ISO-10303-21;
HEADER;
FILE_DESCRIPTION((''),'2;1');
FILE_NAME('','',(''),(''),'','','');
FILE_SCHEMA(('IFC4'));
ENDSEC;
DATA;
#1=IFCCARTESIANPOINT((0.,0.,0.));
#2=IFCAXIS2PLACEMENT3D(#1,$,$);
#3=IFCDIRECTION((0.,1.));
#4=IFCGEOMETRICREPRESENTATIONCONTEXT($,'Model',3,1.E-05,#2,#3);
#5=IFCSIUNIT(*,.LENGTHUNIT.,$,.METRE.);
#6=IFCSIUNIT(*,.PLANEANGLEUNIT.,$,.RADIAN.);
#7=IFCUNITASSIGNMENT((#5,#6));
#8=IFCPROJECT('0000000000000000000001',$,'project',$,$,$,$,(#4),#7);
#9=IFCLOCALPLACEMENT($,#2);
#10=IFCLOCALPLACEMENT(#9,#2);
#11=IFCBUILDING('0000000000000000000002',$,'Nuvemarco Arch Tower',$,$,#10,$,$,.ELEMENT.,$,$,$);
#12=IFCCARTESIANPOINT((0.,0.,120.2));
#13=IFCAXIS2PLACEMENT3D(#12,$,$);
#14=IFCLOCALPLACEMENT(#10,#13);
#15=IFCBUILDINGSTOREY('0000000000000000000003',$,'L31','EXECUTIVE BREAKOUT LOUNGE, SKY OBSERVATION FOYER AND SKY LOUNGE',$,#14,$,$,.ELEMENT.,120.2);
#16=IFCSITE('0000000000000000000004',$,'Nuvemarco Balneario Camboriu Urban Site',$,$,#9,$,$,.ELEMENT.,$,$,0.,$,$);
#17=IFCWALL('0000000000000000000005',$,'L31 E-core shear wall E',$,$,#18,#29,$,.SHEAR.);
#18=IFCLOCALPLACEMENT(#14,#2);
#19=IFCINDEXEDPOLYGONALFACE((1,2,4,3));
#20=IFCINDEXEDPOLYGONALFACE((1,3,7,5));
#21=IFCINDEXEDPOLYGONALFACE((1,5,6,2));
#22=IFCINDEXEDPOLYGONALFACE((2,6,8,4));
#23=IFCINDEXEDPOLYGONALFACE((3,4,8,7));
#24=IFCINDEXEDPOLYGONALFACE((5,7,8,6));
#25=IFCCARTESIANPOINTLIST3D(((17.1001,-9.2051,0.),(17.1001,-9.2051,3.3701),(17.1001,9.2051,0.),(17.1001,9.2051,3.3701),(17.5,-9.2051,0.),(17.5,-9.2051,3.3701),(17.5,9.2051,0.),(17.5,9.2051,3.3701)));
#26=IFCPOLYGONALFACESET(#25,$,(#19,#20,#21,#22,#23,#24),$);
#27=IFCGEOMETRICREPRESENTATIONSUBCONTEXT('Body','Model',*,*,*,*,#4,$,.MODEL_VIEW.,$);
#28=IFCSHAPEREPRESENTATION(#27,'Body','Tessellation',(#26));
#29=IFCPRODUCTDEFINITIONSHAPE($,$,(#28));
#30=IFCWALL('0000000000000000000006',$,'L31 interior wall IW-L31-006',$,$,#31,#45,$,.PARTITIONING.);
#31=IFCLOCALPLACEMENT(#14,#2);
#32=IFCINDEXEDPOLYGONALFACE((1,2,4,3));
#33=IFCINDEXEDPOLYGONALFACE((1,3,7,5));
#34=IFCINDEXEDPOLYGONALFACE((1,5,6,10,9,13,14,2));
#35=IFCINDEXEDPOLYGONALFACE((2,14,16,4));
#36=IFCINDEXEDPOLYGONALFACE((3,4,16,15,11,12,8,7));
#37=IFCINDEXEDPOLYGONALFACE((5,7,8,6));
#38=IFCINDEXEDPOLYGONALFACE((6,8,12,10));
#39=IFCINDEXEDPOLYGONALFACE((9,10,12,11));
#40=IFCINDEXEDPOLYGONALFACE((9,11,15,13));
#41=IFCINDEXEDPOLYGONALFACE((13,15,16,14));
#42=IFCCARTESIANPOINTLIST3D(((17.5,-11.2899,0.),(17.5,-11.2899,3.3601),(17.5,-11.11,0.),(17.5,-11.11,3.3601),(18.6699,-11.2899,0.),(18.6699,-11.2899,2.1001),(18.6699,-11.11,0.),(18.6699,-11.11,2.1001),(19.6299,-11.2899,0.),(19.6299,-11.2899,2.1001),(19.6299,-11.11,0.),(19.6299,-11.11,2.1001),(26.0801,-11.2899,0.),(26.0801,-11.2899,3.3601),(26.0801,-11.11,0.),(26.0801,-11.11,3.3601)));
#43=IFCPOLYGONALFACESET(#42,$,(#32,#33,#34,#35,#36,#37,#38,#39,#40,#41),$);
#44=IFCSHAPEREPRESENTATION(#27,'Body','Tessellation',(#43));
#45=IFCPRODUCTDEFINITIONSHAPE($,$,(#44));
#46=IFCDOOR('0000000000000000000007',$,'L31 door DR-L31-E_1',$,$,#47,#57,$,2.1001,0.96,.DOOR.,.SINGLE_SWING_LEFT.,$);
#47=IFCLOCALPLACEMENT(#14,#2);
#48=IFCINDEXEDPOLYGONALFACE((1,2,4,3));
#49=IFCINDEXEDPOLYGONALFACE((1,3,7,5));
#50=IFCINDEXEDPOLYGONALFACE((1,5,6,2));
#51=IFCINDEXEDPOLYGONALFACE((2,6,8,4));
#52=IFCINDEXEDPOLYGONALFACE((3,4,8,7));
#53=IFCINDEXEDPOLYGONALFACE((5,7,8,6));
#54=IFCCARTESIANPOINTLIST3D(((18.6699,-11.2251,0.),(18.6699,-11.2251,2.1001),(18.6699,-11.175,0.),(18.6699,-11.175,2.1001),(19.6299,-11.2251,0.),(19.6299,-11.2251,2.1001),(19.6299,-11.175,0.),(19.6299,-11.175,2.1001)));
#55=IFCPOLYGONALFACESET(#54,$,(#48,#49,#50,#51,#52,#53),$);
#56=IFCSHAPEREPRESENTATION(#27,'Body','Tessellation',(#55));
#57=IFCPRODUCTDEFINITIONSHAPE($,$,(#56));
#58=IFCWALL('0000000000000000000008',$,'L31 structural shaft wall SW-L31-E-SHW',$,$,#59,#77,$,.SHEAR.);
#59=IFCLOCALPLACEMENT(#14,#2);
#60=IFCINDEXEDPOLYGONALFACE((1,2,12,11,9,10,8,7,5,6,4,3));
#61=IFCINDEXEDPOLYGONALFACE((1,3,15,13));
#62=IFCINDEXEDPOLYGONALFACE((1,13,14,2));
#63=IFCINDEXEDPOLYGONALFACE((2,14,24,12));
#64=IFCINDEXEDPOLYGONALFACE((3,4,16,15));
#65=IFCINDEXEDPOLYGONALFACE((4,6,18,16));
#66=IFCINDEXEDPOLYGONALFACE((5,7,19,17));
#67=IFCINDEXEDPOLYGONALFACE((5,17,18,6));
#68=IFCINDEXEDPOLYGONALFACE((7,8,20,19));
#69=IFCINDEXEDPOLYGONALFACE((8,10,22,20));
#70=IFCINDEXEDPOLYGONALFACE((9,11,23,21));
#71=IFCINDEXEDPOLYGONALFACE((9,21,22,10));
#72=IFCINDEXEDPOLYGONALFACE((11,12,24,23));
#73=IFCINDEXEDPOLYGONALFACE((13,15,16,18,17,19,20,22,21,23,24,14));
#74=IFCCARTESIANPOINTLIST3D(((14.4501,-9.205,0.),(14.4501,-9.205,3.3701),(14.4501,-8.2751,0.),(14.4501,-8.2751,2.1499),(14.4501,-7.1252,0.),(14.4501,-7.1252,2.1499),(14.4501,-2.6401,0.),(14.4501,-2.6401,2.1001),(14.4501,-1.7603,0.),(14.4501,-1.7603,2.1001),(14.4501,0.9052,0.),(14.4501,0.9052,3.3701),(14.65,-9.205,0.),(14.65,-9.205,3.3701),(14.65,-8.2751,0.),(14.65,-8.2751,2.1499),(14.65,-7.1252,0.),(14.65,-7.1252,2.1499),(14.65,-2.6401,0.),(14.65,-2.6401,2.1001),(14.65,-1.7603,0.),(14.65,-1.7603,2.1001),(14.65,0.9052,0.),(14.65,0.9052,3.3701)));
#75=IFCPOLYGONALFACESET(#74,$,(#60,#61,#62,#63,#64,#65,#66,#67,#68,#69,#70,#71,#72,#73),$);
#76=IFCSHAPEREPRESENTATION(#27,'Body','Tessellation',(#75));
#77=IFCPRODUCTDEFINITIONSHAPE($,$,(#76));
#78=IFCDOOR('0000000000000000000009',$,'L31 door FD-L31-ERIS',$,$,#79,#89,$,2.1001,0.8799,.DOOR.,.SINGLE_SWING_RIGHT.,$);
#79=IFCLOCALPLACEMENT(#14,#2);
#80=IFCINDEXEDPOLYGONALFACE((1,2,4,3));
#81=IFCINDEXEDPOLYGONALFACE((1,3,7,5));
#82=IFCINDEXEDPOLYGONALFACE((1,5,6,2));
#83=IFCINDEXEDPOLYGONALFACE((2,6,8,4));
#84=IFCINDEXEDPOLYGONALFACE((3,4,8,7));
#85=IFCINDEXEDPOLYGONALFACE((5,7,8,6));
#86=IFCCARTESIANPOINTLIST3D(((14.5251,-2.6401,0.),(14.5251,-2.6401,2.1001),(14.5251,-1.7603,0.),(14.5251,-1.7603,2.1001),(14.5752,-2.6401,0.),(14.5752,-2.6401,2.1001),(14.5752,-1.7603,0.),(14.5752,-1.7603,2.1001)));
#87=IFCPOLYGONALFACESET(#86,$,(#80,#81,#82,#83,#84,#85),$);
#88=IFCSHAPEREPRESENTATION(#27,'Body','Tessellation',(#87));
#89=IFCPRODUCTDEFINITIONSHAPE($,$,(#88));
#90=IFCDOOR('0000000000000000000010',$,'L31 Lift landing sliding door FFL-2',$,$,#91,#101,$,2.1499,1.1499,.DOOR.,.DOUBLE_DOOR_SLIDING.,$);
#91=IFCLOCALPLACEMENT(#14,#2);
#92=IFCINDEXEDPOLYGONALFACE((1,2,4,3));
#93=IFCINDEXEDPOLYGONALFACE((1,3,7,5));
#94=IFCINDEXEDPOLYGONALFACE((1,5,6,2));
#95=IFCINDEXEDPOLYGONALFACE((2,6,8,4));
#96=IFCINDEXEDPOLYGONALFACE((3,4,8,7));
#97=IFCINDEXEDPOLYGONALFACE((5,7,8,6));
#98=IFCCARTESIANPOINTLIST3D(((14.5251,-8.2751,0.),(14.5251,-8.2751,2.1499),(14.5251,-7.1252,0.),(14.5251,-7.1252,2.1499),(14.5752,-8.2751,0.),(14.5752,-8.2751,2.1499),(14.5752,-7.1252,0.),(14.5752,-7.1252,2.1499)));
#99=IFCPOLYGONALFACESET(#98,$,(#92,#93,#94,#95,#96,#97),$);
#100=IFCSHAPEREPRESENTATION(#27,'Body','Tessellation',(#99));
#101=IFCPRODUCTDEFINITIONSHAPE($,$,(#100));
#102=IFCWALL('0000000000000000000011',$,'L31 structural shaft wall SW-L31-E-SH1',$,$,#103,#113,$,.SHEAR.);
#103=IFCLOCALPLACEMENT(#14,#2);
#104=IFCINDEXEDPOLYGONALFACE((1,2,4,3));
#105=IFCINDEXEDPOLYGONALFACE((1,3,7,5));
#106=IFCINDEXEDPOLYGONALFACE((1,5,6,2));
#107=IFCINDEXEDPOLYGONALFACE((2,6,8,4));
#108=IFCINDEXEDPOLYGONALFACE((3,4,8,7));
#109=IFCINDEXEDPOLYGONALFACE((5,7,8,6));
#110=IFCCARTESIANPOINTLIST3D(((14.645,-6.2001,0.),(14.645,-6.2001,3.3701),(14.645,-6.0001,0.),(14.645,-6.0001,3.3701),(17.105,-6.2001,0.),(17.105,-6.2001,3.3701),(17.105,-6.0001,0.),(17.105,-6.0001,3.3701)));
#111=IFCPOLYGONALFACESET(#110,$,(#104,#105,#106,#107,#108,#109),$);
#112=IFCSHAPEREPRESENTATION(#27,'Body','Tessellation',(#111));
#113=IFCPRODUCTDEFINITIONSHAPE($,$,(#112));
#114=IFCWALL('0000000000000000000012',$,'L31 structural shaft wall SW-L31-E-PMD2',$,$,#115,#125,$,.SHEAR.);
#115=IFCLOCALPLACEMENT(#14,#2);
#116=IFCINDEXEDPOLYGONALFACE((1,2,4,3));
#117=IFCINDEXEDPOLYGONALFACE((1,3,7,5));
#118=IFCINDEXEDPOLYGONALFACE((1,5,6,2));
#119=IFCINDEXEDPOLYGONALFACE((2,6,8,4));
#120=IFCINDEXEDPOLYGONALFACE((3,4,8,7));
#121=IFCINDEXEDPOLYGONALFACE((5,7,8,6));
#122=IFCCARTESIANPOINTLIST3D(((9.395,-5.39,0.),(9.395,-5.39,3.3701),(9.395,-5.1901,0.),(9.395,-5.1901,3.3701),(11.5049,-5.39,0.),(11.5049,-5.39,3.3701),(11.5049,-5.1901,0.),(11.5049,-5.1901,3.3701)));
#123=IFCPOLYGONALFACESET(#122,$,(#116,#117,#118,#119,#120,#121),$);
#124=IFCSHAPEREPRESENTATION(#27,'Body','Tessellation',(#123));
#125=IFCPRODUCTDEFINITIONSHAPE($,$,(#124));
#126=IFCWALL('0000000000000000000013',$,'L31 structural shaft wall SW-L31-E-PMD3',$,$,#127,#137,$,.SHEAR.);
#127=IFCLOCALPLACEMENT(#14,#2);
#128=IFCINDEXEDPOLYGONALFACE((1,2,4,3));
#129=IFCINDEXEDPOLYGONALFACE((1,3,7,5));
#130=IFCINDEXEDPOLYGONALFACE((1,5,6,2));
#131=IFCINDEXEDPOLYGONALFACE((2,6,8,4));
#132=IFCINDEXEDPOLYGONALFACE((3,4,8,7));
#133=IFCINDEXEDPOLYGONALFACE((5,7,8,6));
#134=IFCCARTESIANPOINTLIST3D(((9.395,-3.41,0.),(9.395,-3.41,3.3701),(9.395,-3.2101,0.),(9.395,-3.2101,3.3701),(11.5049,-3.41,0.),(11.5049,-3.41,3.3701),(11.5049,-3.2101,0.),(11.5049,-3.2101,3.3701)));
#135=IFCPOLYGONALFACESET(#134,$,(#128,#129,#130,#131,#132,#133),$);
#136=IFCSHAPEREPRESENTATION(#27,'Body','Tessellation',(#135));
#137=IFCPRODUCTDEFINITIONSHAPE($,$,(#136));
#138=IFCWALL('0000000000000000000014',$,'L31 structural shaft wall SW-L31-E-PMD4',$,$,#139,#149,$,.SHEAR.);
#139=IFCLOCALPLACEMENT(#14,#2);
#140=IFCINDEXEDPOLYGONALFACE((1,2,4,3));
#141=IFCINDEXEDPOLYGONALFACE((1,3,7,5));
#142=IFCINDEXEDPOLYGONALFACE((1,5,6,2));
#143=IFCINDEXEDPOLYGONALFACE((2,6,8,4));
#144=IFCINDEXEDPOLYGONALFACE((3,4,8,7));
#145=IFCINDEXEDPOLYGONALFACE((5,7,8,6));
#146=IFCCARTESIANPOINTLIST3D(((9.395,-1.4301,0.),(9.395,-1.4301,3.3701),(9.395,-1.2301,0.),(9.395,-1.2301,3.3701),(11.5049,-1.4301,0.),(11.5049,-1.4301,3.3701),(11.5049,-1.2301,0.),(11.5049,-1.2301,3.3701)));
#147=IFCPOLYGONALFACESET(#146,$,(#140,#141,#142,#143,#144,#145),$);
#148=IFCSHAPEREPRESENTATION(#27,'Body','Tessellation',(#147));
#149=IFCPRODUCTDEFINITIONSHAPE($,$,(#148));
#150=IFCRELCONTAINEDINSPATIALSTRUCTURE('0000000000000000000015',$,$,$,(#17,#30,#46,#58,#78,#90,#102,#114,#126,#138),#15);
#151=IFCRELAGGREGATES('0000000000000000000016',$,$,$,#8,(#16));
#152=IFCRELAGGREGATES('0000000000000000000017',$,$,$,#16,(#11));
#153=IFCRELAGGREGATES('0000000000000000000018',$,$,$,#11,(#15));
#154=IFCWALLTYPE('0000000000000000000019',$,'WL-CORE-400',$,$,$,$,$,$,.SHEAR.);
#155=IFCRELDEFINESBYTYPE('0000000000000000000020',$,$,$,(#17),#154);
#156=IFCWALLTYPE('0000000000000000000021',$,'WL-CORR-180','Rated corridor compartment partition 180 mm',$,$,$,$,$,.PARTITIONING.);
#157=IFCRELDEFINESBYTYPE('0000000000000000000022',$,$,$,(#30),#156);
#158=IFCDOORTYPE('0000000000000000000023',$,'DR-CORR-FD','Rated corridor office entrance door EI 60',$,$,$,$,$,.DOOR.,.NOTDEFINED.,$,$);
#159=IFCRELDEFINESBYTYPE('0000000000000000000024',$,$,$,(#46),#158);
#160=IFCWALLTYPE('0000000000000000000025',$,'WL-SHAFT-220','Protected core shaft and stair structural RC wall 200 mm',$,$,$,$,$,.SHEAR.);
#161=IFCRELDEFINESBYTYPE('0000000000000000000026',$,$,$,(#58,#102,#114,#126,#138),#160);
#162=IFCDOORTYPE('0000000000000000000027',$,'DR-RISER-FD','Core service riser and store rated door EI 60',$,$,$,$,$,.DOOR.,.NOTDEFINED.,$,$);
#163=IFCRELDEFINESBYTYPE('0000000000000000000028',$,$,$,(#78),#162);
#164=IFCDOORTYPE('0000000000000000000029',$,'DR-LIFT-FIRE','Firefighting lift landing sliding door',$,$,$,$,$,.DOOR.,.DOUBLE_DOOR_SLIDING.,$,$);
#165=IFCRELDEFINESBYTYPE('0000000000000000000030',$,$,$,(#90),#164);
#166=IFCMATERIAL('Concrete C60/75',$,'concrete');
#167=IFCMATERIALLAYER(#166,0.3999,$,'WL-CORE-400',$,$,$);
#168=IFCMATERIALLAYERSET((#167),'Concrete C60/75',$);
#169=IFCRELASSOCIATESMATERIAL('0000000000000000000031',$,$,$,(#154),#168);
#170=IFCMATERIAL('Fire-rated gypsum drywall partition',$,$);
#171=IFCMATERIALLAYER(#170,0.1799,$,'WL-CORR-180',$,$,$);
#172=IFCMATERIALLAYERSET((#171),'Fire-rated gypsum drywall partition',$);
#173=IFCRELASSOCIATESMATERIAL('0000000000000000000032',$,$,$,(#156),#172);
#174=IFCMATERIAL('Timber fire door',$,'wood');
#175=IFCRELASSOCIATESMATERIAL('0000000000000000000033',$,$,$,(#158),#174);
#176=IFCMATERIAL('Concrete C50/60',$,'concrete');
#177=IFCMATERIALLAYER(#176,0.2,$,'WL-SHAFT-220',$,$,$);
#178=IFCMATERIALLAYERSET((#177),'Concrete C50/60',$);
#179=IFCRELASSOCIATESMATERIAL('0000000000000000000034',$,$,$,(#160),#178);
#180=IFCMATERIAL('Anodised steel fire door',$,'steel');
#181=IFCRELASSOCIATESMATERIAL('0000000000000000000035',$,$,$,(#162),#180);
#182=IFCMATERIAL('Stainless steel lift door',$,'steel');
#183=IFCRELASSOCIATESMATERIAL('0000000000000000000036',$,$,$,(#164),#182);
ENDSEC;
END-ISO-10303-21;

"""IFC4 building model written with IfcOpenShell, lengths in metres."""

from ifc_helpers import new_model, si_unit, direction, frame, frame_2d, origin, place, context, subcontext, project, spatial, rectangle, extrude, source, transform, mapped, material, layer, layer_set, type_object, type_shapes, element, fill, save


model = new_model("IFC4")

# Units and contexts
model_context = context("Model", 3, precision=1e-05, world=origin(), true_north=direction((0.0, 1.0)))
body_context = subcontext(model_context, "Body", "Model", "MODEL_VIEW")
ifc_project = project(units=[si_unit("LENGTHUNIT", "METRE"), si_unit("PLANEANGLEUNIT", "RADIAN")], contexts=[model_context])

# Site, building, storey
site_placement = place(None, origin())
site = spatial("IfcSite", under=ifc_project, at=site_placement, Name="Nuvemarco Balneario Camboriu Urban Site", CompositionType="ELEMENT", RefElevation=0.0)
building_placement = place(site_placement, origin())
building = spatial("IfcBuilding", under=site, at=building_placement, Name="Nuvemarco Arch Tower", CompositionType="ELEMENT")
storey_placement = place(building_placement, frame((0.0, 0.0, 120.2)))
storey = spatial("IfcBuildingStorey", under=building, at=storey_placement, Name="L31", Description="EXECUTIVE BREAKOUT LOUNGE, SKY OBSERVATION FOYER AND SKY LOUNGE", CompositionType="ELEMENT", Elevation=120.2)

# Wall
ifc_material_1 = material(Name="Concrete C60/75", Category="concrete")
ifc_layer_1 = layer(ifc_material_1, 0.3999, Name="WL-CORE-400")
ifc_layer_set_1 = layer_set([ifc_layer_1], Name="Concrete C60/75")
wall_type_1 = type_object("IfcWallType", Name="WL-CORE-400", PredefinedType="SHEAR", material=ifc_layer_set_1)
wall_1_placement = place(storey_placement, frame((17.3, -9.2051, 0.0), z_axis=(0.0, 0.0, 1.0), x_axis=(0.0, 1.0, 0.0)))
element("IfcWall", 1, at=wall_1_placement, inside=storey, type_object=wall_type_1, Name="L31 E-core shear wall E", PredefinedType="SHEAR", context=body_context, shape_type="SweptSolid", body=[
    extrude(rectangle(XDim=18.4102, YDim=0.3999, at=frame_2d((9.2051, 0.0))), origin(), (0.0, 0.0, 1.0), 3.3701),
])

# Wall, opening, door
ifc_material_2 = material(Name="Fire-rated gypsum drywall partition")
ifc_layer_2 = layer(ifc_material_2, 0.1799, Name="WL-CORR-180")
ifc_layer_set_2 = layer_set([ifc_layer_2], Name="Fire-rated gypsum drywall partition")
wall_type_2 = type_object("IfcWallType", Name="WL-CORR-180", Description="Rated corridor compartment partition 180 mm", PredefinedType="PARTITIONING", material=ifc_layer_set_2)
wall_2_placement = place(storey_placement, frame((17.5, -11.2, 0.0), z_axis=(0.0, 0.0, 1.0), x_axis=(1.0, 0.0, 0.0)))
wall_2 = element("IfcWall", 2, at=wall_2_placement, inside=storey, type_object=wall_type_2, Name="L31 interior wall IW-L31-006", PredefinedType="PARTITIONING", context=body_context, shape_type="SweptSolid", body=[
    extrude(rectangle(XDim=8.5801, YDim=0.1799, at=frame_2d((4.29, 0.0))), origin(), (0.0, 0.0, 1.0), 3.3601),
])
opening_1_placement = place(wall_2_placement, frame((1.1699, 0.0, 0.0)))
opening_1 = element("IfcOpeningElement", 3, at=opening_1_placement, cuts=wall_2, PredefinedType="OPENING", context=body_context, shape_type="SweptSolid", body=[
    extrude(rectangle(XDim=0.96, YDim=2.1001, at=frame_2d((0.48, 1.05))), frame((0.0, 0.0999, 0.0), z_axis=(0.0, -1.0, 0.0), x_axis=(1.0, 0.0, 0.0)), (0.0, 0.0, 1.0), 0.2),
])
ifc_material_3 = material(Name="Timber fire door", Category="wood")
door_type_1 = type_object("IfcDoorType", Name="DR-CORR-FD", Description="Rated corridor office entrance door EI 60", OperationType="NOTDEFINED", PredefinedType="DOOR", material=ifc_material_3)
shared_shape_1 = source(origin(), body_context, "Body", "SweptSolid", [
    extrude(rectangle(XDim=0.96, YDim=2.1001, at=frame_2d((0.48, 1.05))), frame((0.0, 0.0249, 0.0), z_axis=(0.0, -1.0, 0.0), x_axis=(1.0, 0.0, 0.0)), (0.0, 0.0, 1.0), 0.05),
])
type_shapes(door_type_1, [shared_shape_1])
door_1_placement = place(opening_1_placement, origin())
door_1 = element("IfcDoor", 4, at=door_1_placement, inside=storey, type_object=door_type_1, Name="L31 door DR-L31-E_1", OperationType="SINGLE_SWING_LEFT", OverallHeight=2.1001, OverallWidth=0.96, PredefinedType="DOOR", context=body_context, shape_type="MappedRepresentation", body=[
    mapped(shared_shape_1, transform((0.0, 0.0, 0.0), scale=1.0)),
])
fill(opening_1, door_1)

# Wall, openings, doors
ifc_material_4 = material(Name="Concrete C50/60", Category="concrete")
ifc_layer_3 = layer(ifc_material_4, 0.2, Name="WL-SHAFT-220")
ifc_layer_set_3 = layer_set([ifc_layer_3], Name="Concrete C50/60")
wall_type_3 = type_object("IfcWallType", Name="WL-SHAFT-220", Description="Protected core shaft and stair structural RC wall 200 mm", PredefinedType="SHEAR", material=ifc_layer_set_3)
wall_3_placement = place(storey_placement, frame((14.55, -9.2051, 0.0), z_axis=(0.0, 0.0, 1.0), x_axis=(0.0, 1.0, 0.0)))
wall_3 = element("IfcWall", 5, at=wall_3_placement, inside=storey, type_object=wall_type_3, Name="L31 structural shaft wall SW-L31-E-SHW", PredefinedType="SHEAR", context=body_context, shape_type="SweptSolid", body=[
    extrude(rectangle(XDim=10.1101, YDim=0.2, at=frame_2d((5.0552, 0.0))), origin(), (0.0, 0.0, 1.0), 3.3701),
])
opening_2_placement = place(wall_3_placement, frame((6.5649, 0.0, 0.0)))
opening_2 = element("IfcOpeningElement", 6, at=opening_2_placement, cuts=wall_3, PredefinedType="OPENING", context=body_context, shape_type="SweptSolid", body=[
    extrude(rectangle(XDim=0.8799, YDim=2.1001, at=frame_2d((0.4399, 1.05))), frame((0.0, 0.1099, 0.0), z_axis=(0.0, -1.0, 0.0), x_axis=(1.0, 0.0, 0.0)), (0.0, 0.0, 1.0), 0.22),
])
opening_3_placement = place(wall_3_placement, frame((0.9299, 0.0, 0.0)))
opening_3 = element("IfcOpeningElement", 7, at=opening_3_placement, cuts=wall_3, PredefinedType="OPENING", context=body_context, shape_type="SweptSolid", body=[
    extrude(rectangle(XDim=1.1499, YDim=2.1499, at=frame_2d((0.575, 1.075))), frame((0.0, 0.1099, 0.0), z_axis=(0.0, -1.0, 0.0), x_axis=(1.0, 0.0, 0.0)), (0.0, 0.0, 1.0), 0.22),
])
ifc_material_5 = material(Name="Anodised steel fire door", Category="steel")
door_type_2 = type_object("IfcDoorType", Name="DR-RISER-FD", Description="Core service riser and store rated door EI 60", OperationType="NOTDEFINED", PredefinedType="DOOR", material=ifc_material_5)
shared_shape_2 = source(origin(), body_context, "Body", "SweptSolid", [
    extrude(rectangle(XDim=0.8799, YDim=2.1001, at=frame_2d((0.4399, 1.05))), frame((0.0, 0.0249, 0.0), z_axis=(0.0, -1.0, 0.0), x_axis=(1.0, 0.0, 0.0)), (0.0, 0.0, 1.0), 0.05),
])
type_shapes(door_type_2, [shared_shape_2])
door_2_placement = place(opening_2_placement, origin())
door_2 = element("IfcDoor", 8, at=door_2_placement, inside=storey, type_object=door_type_2, Name="L31 door FD-L31-ERIS", OperationType="SINGLE_SWING_RIGHT", OverallHeight=2.1001, OverallWidth=0.8799, PredefinedType="DOOR", context=body_context, shape_type="MappedRepresentation", body=[
    mapped(shared_shape_2, transform((0.0, 0.0, 0.0), scale=1.0)),
])
fill(opening_2, door_2)
ifc_material_6 = material(Name="Stainless steel lift door", Category="steel")
door_type_3 = type_object("IfcDoorType", Name="DR-LIFT-FIRE", Description="Firefighting lift landing sliding door", OperationType="DOUBLE_DOOR_SLIDING", PredefinedType="DOOR", material=ifc_material_6)
shared_shape_3 = source(origin(), body_context, "Body", "SweptSolid", [
    extrude(rectangle(XDim=1.1499, YDim=2.1499, at=frame_2d((0.575, 1.075))), frame((0.0, 0.0249, 0.0), z_axis=(0.0, -1.0, 0.0), x_axis=(1.0, 0.0, 0.0)), (0.0, 0.0, 1.0), 0.05),
])
type_shapes(door_type_3, [shared_shape_3])
door_3_placement = place(opening_3_placement, origin())
door_3 = element("IfcDoor", 9, at=door_3_placement, inside=storey, type_object=door_type_3, Name="L31 Lift landing sliding door FFL-2", OperationType="DOUBLE_DOOR_SLIDING", OverallHeight=2.1499, OverallWidth=1.1499, PredefinedType="DOOR", context=body_context, shape_type="MappedRepresentation", body=[
    mapped(shared_shape_3, transform((0.0, 0.0, 0.0), scale=1.0)),
])
fill(opening_3, door_3)

# Wall
wall_4_placement = place(storey_placement, frame((14.645, -6.1001, 0.0), z_axis=(0.0, 0.0, 1.0), x_axis=(1.0, 0.0, 0.0)))
element("IfcWall", 10, at=wall_4_placement, inside=storey, type_object=wall_type_3, Name="L31 structural shaft wall SW-L31-E-SH1", PredefinedType="SHEAR", context=body_context, shape_type="SweptSolid", body=[
    extrude(rectangle(XDim=2.46, YDim=0.2, at=frame_2d((1.23, 0.0))), origin(), (0.0, 0.0, 1.0), 3.3701),
])

# Walls
for number, where, z_axis, x_axis, name in (
    (11, (9.395, -5.29, 0.0), (0.0, 0.0, 1.0), (1.0, 0.0, 0.0), "L31 structural shaft wall SW-L31-E-PMD2"),
    (12, (9.395, -3.3101, 0.0), (0.0, 0.0, 1.0), (1.0, 0.0, 0.0), "L31 structural shaft wall SW-L31-E-PMD3"),
    (13, (9.395, -1.3301, 0.0), (0.0, 0.0, 1.0), (1.0, 0.0, 0.0), "L31 structural shaft wall SW-L31-E-PMD4"),
):
    element("IfcWall", number, at=place(storey_placement, frame(where, z_axis=z_axis, x_axis=x_axis)), inside=storey, type_object=wall_type_3, Name=name, PredefinedType="SHEAR", context=body_context, shape_type="SweptSolid", body=[
        extrude(rectangle(XDim=2.1099, YDim=0.2, at=frame_2d((1.0549, 0.0))), origin(), (0.0, 0.0, 1.0), 3.3701),
    ])

save(model, "model.ifc")
